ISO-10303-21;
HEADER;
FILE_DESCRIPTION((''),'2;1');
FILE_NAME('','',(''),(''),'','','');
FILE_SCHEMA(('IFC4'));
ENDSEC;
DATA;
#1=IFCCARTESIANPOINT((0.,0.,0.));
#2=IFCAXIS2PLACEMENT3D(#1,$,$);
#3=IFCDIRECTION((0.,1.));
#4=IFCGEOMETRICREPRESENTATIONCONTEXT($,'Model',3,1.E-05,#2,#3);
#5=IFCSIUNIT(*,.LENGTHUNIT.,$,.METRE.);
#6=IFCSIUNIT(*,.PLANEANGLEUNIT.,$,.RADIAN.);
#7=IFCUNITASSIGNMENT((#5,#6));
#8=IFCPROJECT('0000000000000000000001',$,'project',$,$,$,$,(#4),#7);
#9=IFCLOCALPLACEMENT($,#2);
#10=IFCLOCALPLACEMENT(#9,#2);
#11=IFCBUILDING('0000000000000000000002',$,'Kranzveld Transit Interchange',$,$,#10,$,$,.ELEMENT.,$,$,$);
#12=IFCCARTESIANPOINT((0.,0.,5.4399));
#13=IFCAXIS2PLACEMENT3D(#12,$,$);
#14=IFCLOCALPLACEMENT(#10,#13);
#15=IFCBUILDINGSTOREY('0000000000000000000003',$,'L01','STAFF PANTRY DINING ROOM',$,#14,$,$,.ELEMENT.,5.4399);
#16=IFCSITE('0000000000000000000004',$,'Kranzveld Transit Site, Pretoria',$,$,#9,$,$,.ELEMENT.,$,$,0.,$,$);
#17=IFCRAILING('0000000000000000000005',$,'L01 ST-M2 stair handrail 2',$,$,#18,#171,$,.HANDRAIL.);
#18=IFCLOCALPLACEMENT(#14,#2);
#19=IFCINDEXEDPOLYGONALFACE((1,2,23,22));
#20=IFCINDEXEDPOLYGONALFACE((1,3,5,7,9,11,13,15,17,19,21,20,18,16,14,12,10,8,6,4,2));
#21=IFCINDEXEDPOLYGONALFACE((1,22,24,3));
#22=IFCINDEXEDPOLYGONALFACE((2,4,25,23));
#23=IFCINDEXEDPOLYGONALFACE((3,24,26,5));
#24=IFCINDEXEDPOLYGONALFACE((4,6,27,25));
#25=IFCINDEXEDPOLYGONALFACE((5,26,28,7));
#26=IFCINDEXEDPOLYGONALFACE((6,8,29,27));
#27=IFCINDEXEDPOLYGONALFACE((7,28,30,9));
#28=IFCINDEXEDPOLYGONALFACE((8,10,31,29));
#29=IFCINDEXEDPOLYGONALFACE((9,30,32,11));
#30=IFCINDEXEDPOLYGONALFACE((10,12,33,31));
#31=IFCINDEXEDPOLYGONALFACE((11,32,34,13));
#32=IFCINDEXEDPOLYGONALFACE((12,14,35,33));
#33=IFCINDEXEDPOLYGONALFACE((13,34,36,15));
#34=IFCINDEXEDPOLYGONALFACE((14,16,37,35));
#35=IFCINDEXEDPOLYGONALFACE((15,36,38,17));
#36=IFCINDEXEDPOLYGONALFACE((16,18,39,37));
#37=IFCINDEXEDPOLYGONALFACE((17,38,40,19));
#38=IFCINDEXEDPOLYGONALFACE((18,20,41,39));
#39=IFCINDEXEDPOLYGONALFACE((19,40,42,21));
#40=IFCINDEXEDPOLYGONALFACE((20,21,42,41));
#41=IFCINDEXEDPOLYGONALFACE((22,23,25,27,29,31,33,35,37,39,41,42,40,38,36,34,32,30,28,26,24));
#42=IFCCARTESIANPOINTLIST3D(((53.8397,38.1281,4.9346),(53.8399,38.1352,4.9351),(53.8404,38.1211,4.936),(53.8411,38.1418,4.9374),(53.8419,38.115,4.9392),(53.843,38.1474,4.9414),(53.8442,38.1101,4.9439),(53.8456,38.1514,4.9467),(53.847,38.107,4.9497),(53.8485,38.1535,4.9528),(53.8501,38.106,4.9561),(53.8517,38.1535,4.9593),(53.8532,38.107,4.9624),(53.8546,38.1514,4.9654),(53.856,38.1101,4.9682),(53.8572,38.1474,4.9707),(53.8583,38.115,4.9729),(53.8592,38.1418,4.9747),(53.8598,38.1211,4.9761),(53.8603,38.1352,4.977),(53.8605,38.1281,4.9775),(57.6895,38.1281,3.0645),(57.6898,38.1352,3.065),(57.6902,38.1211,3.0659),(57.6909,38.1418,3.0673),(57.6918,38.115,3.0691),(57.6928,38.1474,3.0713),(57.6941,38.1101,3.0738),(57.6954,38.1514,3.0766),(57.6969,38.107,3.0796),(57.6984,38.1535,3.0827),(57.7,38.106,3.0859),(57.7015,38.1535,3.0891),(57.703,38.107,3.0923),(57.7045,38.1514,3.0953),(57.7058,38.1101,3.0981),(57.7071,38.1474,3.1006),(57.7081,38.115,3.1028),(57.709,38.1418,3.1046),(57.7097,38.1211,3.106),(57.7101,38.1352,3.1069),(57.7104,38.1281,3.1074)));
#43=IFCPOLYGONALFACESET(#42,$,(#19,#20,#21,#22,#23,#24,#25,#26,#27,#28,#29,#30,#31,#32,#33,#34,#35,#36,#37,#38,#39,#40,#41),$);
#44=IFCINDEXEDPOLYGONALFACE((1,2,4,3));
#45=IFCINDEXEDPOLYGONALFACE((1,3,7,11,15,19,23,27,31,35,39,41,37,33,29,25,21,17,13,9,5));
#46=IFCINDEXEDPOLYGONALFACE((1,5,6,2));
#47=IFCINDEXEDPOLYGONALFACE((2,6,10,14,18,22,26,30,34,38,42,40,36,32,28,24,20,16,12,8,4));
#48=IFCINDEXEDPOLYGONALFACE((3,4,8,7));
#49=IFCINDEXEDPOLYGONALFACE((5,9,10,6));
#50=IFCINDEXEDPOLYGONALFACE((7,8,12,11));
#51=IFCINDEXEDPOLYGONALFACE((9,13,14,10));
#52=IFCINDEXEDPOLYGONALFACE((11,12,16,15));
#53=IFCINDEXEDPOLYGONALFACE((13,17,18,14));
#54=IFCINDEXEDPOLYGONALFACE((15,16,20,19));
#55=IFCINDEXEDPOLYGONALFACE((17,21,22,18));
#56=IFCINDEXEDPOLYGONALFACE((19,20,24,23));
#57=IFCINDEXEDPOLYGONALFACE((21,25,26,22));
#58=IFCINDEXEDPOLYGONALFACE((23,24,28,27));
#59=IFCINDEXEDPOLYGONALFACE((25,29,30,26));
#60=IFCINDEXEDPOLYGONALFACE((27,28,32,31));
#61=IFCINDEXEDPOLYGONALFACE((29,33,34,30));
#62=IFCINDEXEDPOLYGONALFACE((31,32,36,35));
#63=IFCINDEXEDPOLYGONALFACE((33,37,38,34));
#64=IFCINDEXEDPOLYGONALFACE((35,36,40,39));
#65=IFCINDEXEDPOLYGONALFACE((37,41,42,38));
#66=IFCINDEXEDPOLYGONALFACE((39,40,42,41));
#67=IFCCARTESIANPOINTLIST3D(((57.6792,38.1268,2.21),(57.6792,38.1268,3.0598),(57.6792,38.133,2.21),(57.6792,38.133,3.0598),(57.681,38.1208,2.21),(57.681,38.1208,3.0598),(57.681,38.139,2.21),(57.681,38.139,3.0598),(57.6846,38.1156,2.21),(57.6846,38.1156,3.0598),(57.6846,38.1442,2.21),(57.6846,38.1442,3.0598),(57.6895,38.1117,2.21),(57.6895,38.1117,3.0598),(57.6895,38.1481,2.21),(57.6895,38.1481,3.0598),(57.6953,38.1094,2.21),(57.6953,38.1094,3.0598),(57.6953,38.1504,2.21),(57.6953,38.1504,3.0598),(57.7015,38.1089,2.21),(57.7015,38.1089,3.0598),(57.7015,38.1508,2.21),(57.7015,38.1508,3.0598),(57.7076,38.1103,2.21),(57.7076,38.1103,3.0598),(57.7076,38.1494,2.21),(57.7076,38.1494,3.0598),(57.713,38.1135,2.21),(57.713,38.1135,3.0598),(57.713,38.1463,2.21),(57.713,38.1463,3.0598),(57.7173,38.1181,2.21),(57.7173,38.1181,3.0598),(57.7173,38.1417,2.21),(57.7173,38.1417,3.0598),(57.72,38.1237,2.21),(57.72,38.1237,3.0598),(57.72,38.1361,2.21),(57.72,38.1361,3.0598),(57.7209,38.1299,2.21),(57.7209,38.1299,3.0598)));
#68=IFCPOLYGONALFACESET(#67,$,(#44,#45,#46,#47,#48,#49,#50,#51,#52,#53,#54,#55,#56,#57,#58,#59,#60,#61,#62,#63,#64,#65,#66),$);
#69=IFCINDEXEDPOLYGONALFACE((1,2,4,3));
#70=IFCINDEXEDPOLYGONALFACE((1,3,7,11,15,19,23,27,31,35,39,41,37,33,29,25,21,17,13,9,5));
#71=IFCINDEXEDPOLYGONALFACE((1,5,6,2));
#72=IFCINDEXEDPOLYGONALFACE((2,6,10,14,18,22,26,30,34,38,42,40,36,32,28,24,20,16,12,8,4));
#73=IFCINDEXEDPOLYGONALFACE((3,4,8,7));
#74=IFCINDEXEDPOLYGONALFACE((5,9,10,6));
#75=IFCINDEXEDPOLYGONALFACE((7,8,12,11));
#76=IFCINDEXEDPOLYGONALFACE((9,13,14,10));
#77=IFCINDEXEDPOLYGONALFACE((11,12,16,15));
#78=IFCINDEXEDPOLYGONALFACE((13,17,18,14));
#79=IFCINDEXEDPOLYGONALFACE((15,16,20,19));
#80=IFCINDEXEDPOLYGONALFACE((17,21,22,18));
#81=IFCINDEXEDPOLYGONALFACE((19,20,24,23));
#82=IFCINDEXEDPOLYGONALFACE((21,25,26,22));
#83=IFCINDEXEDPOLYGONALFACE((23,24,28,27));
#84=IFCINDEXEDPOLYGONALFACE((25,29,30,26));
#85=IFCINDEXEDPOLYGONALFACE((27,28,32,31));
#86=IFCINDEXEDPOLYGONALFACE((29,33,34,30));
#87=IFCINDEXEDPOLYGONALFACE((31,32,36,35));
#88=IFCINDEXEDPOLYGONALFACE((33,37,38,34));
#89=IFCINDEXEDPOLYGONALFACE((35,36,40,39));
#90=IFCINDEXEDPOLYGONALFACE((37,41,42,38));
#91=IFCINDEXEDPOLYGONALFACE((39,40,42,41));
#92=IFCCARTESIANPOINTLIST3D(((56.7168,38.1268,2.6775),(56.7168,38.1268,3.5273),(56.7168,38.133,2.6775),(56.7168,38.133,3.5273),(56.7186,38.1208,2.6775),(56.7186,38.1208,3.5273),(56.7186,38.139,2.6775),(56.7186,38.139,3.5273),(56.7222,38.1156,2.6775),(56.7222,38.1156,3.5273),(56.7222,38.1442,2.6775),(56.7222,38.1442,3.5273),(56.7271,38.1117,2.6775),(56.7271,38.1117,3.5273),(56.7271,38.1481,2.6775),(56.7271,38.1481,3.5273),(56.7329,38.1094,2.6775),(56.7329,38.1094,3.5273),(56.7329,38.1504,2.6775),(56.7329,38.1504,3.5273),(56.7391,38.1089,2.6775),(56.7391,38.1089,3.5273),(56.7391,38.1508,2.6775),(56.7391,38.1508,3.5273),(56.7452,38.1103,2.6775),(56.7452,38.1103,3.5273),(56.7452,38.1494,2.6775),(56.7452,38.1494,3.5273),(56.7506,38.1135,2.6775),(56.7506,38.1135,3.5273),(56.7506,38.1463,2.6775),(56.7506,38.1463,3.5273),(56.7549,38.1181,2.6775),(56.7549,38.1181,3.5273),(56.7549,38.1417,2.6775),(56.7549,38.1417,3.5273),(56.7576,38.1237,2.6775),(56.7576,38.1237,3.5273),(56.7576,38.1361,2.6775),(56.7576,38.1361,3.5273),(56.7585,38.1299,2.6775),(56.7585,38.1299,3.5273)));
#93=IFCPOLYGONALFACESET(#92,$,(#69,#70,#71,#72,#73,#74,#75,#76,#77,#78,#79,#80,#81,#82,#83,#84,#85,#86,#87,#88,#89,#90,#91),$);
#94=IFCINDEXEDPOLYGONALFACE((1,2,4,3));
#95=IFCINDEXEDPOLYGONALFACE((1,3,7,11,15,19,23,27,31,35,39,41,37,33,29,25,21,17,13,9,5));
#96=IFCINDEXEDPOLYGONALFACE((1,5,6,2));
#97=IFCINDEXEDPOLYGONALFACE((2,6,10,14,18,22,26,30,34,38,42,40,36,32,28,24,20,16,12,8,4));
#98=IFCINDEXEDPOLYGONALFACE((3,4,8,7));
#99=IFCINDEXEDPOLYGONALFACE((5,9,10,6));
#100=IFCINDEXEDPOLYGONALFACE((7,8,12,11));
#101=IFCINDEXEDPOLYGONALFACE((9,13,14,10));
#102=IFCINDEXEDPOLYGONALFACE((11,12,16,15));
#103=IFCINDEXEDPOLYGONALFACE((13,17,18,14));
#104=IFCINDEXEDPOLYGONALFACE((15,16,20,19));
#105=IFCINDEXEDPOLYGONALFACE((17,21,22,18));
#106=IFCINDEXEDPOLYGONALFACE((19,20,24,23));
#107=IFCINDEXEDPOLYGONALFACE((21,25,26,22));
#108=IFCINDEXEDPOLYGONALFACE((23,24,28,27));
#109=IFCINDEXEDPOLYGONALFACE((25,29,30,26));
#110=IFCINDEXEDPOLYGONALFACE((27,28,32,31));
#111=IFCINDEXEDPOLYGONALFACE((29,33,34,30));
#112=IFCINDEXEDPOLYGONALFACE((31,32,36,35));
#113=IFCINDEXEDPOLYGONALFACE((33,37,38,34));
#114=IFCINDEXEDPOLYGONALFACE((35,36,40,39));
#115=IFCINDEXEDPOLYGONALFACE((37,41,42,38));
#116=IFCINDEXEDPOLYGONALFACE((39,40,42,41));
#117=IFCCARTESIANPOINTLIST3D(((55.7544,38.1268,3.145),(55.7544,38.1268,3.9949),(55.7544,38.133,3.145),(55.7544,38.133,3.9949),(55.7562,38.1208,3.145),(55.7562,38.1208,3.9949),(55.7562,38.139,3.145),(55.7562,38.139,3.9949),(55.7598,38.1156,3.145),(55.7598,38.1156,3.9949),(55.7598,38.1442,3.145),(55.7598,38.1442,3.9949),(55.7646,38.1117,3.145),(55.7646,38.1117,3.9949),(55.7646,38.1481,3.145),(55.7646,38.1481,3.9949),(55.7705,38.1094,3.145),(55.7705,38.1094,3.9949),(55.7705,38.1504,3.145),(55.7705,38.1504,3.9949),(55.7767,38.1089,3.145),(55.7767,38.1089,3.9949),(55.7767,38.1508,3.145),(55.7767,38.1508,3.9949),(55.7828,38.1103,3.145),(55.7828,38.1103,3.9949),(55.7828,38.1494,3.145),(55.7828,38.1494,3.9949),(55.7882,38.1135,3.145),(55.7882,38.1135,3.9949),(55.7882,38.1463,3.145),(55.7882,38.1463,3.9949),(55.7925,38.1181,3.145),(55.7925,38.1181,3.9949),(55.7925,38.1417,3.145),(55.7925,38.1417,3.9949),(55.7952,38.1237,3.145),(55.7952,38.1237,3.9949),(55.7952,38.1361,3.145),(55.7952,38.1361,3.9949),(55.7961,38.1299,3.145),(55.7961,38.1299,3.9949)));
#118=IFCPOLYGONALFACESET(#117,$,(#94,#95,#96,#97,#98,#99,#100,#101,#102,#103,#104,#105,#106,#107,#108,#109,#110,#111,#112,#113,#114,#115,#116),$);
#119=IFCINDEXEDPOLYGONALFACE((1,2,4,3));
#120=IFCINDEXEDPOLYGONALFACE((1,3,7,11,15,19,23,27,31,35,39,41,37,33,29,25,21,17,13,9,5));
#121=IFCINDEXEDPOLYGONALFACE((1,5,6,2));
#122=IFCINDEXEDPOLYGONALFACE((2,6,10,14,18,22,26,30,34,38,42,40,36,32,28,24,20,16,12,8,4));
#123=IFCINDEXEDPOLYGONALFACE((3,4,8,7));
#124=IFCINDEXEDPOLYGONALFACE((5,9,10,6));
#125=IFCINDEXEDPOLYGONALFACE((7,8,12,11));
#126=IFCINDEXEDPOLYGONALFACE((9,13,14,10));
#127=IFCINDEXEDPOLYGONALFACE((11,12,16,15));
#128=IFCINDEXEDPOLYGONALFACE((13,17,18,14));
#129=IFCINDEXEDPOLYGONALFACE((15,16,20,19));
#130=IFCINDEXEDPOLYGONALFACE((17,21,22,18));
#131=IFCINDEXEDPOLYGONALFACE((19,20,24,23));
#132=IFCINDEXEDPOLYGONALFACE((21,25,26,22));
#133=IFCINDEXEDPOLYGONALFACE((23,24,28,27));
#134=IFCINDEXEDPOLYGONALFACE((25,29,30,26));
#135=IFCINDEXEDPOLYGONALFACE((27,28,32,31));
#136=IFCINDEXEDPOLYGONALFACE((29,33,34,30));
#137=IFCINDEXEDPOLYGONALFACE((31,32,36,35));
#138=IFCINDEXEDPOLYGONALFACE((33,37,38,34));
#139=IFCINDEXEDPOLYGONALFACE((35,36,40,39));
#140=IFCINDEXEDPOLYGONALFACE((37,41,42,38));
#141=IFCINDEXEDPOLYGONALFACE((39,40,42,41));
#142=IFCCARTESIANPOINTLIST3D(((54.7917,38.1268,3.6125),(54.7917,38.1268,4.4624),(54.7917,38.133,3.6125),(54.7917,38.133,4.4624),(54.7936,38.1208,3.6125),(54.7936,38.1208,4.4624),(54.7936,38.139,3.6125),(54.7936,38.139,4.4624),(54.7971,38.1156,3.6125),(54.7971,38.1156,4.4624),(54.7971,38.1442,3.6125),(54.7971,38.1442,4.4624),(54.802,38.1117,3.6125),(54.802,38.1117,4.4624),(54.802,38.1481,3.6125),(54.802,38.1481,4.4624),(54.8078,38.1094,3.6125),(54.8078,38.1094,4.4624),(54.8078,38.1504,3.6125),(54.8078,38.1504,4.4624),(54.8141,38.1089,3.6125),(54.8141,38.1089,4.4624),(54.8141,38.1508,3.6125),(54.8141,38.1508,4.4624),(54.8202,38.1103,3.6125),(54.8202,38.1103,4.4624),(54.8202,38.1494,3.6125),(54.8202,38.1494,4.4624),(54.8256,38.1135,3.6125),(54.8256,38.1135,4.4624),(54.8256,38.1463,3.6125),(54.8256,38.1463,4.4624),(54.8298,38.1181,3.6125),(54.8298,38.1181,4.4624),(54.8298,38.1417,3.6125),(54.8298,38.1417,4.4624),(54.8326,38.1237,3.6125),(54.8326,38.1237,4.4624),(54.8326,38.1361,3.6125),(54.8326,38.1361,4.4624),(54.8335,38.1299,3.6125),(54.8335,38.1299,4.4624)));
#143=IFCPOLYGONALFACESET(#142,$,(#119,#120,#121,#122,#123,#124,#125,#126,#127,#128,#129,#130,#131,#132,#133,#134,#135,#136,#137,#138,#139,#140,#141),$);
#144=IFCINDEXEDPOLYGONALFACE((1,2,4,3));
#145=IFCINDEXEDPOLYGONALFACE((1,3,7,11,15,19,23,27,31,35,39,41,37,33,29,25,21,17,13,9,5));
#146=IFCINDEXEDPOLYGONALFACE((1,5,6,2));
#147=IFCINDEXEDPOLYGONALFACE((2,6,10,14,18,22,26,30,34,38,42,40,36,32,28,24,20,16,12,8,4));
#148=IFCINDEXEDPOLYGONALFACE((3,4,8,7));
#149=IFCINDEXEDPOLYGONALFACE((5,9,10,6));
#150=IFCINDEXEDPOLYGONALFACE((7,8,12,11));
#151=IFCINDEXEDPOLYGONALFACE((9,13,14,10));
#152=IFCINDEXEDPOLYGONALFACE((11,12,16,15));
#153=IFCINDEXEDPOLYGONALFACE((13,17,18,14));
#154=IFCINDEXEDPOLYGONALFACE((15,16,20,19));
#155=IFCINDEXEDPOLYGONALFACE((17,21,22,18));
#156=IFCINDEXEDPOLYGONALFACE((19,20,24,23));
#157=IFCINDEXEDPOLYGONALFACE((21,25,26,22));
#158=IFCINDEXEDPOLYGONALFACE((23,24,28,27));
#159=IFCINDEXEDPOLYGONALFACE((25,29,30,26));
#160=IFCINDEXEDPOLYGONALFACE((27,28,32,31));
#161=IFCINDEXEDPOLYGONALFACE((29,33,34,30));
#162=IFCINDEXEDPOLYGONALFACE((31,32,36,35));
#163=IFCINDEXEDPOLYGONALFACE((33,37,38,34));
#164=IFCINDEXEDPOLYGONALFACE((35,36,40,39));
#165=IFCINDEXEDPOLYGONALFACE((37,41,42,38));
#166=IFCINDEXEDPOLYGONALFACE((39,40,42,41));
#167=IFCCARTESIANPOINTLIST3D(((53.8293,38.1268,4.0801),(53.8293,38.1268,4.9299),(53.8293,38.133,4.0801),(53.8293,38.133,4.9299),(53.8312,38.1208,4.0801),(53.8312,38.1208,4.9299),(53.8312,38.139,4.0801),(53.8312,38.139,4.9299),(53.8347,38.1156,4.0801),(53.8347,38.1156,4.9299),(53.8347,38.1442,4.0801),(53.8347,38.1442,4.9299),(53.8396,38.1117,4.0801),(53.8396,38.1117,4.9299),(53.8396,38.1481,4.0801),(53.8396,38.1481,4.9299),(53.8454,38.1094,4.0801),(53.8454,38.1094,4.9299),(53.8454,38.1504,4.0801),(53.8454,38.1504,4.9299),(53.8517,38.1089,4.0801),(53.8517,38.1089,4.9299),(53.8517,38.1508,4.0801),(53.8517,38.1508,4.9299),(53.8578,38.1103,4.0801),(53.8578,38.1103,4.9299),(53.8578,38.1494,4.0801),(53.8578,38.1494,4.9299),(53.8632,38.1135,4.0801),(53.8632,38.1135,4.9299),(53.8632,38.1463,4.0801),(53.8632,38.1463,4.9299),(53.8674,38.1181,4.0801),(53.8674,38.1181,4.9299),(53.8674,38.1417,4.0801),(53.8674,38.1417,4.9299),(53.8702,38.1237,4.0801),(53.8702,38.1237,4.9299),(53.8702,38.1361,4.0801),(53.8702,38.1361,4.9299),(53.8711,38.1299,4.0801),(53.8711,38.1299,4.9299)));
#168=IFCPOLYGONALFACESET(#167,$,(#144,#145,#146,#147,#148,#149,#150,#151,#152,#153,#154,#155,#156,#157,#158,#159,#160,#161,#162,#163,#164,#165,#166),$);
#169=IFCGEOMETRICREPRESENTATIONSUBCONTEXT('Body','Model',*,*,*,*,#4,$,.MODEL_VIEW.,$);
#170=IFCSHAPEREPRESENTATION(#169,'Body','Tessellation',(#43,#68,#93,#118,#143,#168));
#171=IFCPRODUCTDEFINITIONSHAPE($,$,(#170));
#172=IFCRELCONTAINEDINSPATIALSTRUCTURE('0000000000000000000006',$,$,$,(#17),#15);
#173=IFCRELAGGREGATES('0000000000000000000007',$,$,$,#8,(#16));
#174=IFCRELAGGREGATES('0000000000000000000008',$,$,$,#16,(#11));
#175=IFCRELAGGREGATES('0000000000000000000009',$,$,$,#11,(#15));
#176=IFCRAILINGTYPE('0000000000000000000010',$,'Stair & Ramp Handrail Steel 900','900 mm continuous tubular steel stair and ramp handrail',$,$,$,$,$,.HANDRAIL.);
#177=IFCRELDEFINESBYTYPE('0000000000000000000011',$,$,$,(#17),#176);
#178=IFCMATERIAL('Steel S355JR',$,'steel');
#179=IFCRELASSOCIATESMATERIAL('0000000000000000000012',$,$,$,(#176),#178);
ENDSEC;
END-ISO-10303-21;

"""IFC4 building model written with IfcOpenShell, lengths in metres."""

from ifc_helpers import new_model, si_unit, direction, frame, origin, origin_2d, place, context, subcontext, project, spatial, circle, extrude, material, type_object, element, save


model = new_model("IFC4")

# Units and contexts
model_context = context("Model", 3, precision=1e-05, world=origin(), true_north=direction((0.0, 1.0)))
body_context = subcontext(model_context, "Body", "Model", "MODEL_VIEW")
ifc_project = project(units=[si_unit("LENGTHUNIT", "METRE"), si_unit("PLANEANGLEUNIT", "RADIAN")], contexts=[model_context])

# Site, building, storey
site_placement = place(None, origin())
site = spatial("IfcSite", under=ifc_project, at=site_placement, Name="Kranzveld Transit Site, Pretoria", CompositionType="ELEMENT", RefElevation=0.0)
building_placement = place(site_placement, origin())
building = spatial("IfcBuilding", under=site, at=building_placement, Name="Kranzveld Transit Interchange", CompositionType="ELEMENT")
storey_placement = place(building_placement, frame((0.0, 0.0, 5.4399)))
storey = spatial("IfcBuildingStorey", under=building, at=storey_placement, Name="L01", Description="STAFF PANTRY DINING ROOM", CompositionType="ELEMENT", Elevation=5.4399)

# Railing
ifc_material_1 = material(Name="Steel S355JR", Category="steel")
railing_type_1 = type_object("IfcRailingType", Name="Stair & Ramp Handrail Steel 900", Description="900 mm continuous tubular steel stair and ramp handrail", PredefinedType="HANDRAIL", material=ifc_material_1)
railing_1_placement = place(storey_placement, frame((57.7, 38.1299, 2.21)))
element("IfcRailing", 1, at=railing_1_placement, inside=storey, type_object=railing_type_1, Name="L01 ST-M2 stair handrail 2", PredefinedType="HANDRAIL", context=body_context, shape_type="SweptSolid", body=[
    extrude(circle(Radius=0.0239, at=origin_2d()), frame((0.0, 0.0, 0.876), z_axis=(-0.899491, 0.0, 0.43694), x_axis=(0.0, -1.0, 0.0)), (0.0, 0.0, 1.0), 4.28),
    extrude(circle(Radius=0.021, at=origin_2d()), origin(), (0.0, 0.0, 1.0), 0.8499),
    extrude(circle(Radius=0.021, at=origin_2d()), frame((-0.9624, 0.0, 0.4675)), (0.0, 0.0, 1.0), 0.8499),
    extrude(circle(Radius=0.021, at=origin_2d()), frame((-1.9248, 0.0, 0.9351)), (0.0, 0.0, 1.0), 0.8499),
    extrude(circle(Radius=0.021, at=origin_2d()), frame((-2.8875, 0.0, 1.4026)), (0.0, 0.0, 1.0), 0.8499),
    extrude(circle(Radius=0.021, at=origin_2d()), frame((-3.8499, 0.0, 1.8701)), (0.0, 0.0, 1.0), 0.8499),
])

save(model, "model.ifc")
